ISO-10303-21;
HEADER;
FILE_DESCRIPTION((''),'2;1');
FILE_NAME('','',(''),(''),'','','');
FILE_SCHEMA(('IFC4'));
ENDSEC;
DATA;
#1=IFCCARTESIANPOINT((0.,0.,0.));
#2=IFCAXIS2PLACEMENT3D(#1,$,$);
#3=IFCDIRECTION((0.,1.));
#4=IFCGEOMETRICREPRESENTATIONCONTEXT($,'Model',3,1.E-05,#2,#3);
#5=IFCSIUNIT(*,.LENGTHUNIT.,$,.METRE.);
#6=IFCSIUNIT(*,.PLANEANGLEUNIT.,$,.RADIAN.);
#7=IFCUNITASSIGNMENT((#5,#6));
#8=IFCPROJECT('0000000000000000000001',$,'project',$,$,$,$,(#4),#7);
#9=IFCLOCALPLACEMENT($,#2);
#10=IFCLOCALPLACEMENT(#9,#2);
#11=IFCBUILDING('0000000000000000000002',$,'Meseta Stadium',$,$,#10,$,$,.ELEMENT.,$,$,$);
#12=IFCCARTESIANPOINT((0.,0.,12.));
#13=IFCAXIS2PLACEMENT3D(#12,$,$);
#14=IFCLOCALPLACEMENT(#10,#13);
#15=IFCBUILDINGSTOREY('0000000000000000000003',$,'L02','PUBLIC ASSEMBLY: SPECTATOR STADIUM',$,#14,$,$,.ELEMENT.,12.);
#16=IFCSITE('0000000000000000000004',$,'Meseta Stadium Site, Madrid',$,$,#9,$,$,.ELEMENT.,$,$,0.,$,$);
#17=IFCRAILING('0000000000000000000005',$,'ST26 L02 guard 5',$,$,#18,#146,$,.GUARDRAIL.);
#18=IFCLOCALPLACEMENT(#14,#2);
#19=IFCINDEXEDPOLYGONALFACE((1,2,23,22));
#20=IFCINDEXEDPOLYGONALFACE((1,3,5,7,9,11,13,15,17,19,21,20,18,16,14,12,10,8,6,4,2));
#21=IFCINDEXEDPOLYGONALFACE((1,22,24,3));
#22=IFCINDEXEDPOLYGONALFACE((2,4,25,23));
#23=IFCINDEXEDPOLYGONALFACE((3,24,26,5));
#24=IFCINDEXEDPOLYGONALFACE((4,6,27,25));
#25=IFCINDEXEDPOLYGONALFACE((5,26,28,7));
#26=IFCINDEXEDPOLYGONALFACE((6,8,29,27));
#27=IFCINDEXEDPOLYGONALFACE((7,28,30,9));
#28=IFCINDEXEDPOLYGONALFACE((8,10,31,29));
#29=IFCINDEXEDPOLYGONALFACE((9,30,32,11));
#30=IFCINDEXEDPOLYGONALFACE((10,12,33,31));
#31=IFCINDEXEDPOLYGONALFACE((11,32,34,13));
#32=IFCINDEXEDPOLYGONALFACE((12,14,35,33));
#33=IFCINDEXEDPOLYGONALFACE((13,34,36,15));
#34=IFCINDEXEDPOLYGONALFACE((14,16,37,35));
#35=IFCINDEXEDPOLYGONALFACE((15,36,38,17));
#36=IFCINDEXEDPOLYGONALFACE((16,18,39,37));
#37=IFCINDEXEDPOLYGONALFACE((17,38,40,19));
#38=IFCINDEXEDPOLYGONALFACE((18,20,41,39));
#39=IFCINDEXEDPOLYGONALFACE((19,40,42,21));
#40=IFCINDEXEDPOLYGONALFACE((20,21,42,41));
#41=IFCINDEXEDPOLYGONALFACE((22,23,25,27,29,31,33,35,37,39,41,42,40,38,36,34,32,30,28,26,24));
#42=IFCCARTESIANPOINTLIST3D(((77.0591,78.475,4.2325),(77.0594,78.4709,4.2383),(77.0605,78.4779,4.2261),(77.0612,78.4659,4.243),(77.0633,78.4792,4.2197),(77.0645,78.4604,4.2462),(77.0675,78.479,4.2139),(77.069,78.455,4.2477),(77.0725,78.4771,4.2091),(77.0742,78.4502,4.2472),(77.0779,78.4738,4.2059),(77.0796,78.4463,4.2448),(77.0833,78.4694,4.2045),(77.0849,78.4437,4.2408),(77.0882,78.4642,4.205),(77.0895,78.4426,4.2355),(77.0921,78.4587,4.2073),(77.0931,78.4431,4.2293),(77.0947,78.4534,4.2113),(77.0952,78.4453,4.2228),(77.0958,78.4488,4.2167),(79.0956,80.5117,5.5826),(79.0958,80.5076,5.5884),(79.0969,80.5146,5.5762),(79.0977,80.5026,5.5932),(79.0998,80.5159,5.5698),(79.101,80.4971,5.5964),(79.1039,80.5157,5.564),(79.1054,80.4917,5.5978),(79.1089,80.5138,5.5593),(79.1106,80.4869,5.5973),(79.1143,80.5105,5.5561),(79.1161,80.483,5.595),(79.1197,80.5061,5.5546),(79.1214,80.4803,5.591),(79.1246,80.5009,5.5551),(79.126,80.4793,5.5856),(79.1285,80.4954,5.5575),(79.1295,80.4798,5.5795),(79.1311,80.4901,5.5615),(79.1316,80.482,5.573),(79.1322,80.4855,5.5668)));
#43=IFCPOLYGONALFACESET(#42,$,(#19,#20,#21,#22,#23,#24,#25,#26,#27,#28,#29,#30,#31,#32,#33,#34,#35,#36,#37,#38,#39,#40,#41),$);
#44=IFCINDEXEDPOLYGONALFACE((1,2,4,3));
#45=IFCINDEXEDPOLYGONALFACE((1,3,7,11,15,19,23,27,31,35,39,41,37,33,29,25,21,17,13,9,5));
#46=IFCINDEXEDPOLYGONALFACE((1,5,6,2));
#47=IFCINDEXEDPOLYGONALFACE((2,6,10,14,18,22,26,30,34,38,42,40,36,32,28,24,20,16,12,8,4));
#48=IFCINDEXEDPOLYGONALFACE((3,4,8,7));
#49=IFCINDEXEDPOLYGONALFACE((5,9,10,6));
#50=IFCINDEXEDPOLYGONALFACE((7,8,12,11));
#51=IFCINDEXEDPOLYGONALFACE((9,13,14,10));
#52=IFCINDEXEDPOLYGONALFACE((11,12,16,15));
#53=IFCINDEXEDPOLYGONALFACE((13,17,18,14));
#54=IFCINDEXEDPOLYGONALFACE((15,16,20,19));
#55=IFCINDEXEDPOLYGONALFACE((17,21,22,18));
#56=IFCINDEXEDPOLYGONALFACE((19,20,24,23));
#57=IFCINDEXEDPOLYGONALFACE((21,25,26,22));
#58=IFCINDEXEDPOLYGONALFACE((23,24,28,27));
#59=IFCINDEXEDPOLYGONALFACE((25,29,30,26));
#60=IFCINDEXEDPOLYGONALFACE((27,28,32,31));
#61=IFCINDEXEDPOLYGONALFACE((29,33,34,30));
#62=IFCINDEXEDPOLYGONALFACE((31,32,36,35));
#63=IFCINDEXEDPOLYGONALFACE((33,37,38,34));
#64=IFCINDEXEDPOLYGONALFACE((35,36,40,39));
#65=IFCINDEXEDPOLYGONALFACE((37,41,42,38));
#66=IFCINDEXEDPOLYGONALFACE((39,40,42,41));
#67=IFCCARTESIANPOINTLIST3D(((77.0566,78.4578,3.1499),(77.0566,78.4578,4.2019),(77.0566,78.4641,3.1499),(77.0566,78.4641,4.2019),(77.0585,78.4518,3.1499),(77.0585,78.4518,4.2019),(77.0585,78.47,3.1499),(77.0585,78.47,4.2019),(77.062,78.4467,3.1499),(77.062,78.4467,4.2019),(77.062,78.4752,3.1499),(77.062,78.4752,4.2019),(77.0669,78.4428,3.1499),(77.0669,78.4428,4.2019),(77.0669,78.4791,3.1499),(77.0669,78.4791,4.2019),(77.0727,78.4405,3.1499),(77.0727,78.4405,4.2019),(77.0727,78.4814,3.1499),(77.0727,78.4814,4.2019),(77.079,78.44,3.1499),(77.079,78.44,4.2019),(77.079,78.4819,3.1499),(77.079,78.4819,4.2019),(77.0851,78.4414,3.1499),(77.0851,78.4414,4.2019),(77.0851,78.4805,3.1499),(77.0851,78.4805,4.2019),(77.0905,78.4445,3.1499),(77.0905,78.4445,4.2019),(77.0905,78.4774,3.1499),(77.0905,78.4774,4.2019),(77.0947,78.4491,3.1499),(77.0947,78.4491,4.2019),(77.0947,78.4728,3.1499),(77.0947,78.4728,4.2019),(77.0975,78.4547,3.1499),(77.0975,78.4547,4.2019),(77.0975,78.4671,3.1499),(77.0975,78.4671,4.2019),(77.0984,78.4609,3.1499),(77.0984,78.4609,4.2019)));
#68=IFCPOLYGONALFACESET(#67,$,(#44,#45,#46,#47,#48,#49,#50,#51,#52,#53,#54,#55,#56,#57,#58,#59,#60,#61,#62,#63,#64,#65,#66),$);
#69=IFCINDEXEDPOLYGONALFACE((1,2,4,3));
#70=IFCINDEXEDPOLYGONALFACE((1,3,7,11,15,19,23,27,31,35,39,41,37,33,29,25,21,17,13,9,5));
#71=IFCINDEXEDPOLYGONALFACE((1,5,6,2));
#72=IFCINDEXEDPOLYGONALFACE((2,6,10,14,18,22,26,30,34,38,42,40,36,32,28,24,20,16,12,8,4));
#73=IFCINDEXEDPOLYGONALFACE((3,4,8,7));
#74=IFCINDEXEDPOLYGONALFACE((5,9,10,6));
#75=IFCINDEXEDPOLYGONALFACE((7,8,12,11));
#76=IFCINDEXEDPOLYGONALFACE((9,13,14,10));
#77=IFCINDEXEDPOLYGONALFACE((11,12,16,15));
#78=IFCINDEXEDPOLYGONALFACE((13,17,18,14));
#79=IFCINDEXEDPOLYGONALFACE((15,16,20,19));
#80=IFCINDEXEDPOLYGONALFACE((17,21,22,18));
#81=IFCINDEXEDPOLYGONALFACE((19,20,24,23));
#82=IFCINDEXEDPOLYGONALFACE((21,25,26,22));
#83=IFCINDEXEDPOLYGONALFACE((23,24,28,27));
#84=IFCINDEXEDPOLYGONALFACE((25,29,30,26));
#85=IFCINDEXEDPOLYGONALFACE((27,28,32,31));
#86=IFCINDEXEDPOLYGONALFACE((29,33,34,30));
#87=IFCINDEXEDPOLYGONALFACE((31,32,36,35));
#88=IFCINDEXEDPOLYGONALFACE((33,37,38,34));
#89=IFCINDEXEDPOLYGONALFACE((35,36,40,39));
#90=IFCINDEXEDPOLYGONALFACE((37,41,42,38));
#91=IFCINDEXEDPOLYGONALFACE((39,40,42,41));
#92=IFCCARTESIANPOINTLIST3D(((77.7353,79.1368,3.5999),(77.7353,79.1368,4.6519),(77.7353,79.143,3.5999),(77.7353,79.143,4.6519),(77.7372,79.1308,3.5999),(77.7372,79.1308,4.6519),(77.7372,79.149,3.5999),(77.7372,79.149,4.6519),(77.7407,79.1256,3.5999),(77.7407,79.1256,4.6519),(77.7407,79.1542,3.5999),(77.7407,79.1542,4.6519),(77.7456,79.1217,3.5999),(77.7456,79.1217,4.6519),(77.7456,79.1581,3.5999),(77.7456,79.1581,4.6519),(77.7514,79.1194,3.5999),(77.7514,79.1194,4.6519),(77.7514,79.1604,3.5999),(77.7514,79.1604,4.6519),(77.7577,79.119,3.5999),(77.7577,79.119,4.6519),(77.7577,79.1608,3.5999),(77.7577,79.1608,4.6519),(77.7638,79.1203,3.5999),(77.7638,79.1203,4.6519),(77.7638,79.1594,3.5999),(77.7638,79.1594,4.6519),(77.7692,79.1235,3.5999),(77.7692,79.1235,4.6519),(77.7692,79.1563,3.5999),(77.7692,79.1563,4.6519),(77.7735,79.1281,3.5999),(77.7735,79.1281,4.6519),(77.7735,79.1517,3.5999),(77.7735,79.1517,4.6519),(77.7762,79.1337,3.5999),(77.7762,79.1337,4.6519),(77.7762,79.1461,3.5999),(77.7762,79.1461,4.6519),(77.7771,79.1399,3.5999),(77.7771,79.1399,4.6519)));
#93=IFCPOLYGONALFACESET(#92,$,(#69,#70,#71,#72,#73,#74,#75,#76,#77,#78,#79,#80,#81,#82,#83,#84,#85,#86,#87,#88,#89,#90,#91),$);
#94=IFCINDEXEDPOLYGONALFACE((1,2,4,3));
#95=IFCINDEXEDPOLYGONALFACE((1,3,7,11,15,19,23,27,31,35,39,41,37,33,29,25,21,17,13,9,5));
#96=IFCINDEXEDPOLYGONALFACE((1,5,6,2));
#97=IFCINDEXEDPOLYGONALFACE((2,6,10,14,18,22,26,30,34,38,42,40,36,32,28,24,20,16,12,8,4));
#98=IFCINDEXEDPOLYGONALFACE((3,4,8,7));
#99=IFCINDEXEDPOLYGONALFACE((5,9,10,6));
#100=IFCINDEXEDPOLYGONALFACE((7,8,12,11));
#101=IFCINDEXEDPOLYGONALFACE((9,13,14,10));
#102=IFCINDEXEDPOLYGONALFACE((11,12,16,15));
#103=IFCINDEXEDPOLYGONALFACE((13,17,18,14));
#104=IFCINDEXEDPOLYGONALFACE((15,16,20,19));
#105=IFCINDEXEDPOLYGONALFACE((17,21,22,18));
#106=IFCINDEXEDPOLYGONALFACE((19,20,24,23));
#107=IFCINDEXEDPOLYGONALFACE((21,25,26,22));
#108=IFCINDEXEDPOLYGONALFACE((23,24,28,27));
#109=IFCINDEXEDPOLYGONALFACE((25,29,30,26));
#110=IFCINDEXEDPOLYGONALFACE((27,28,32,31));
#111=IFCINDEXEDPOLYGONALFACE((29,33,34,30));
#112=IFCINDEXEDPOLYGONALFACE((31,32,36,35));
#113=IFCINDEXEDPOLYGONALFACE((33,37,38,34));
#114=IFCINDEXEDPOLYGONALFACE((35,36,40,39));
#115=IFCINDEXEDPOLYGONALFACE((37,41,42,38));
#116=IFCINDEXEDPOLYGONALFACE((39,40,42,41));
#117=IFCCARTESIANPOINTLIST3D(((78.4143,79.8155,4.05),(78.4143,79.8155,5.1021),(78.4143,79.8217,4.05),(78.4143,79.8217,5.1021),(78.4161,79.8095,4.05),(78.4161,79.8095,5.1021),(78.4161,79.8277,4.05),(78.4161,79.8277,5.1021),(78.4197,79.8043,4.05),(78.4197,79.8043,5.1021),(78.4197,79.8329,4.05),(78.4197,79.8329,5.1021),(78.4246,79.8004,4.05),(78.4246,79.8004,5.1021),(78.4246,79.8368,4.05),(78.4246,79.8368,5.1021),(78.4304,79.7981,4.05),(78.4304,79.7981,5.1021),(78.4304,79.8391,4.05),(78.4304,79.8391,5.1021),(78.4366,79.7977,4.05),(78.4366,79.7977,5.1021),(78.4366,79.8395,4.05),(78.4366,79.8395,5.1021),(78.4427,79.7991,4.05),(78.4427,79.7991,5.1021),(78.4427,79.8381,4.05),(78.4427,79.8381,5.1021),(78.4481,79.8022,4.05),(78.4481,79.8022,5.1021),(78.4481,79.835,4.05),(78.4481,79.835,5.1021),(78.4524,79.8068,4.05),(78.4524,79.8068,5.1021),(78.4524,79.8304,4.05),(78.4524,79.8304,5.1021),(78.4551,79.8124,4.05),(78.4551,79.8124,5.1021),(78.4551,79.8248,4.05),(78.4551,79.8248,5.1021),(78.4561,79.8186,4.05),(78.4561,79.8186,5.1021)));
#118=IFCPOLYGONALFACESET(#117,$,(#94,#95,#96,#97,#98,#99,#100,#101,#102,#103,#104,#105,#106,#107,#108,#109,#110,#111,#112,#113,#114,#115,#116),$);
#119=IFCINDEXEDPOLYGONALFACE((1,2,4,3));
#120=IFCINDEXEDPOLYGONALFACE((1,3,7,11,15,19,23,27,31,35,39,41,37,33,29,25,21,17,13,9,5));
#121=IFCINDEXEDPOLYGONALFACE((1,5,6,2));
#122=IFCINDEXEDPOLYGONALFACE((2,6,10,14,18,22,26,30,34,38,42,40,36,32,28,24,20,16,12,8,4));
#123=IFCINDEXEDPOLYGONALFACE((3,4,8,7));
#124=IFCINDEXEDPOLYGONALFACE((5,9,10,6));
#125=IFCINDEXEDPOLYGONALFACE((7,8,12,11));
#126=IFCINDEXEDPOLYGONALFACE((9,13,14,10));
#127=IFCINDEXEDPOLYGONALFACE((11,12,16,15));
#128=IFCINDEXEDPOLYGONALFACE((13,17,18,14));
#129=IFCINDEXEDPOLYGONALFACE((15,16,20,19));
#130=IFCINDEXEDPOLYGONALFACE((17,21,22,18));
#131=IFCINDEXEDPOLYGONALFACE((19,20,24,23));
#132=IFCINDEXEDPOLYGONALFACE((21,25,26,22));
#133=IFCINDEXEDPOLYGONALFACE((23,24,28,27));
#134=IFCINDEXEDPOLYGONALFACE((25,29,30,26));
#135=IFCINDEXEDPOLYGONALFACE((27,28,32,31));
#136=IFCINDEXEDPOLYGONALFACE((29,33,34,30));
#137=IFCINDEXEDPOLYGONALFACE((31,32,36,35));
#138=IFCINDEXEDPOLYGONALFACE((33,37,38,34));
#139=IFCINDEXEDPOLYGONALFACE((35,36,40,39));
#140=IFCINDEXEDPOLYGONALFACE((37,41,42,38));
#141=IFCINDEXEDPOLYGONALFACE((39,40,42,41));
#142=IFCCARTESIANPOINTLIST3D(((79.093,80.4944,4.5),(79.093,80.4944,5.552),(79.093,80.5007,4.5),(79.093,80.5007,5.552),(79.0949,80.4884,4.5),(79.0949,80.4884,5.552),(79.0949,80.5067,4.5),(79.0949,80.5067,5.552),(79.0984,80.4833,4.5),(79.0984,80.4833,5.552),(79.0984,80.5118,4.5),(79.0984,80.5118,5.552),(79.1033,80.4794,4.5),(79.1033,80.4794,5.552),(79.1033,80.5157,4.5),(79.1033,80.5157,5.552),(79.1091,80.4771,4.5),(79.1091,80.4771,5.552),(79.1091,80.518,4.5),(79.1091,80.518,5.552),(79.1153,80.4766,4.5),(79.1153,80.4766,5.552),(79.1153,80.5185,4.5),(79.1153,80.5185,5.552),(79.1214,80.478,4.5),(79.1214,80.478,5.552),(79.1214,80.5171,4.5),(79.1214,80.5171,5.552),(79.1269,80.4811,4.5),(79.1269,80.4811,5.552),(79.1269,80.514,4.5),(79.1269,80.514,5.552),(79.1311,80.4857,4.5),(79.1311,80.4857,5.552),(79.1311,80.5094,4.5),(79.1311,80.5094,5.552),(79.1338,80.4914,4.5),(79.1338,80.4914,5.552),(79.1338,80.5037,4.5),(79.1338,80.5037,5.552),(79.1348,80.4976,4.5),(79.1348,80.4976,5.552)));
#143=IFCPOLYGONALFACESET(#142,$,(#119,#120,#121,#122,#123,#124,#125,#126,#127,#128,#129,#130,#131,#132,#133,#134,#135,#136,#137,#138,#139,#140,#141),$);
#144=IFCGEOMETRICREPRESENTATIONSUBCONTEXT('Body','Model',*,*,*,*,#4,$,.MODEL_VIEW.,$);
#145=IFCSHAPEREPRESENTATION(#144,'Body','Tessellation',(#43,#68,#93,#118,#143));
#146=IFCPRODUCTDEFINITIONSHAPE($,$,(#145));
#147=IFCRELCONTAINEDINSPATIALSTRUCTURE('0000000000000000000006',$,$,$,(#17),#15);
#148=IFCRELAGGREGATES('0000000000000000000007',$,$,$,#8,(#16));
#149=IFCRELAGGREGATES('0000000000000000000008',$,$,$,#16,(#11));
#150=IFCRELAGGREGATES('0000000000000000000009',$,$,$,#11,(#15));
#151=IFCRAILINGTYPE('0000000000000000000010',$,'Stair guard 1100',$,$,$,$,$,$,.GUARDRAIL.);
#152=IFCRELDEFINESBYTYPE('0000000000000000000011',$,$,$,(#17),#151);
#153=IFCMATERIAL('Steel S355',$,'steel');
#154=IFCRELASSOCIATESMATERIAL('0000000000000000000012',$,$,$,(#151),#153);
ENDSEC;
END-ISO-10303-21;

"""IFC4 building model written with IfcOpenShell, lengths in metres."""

from ifc_helpers import new_model, si_unit, direction, frame, origin, origin_2d, place, context, subcontext, project, spatial, circle, extrude, material, type_object, element, save


model = new_model("IFC4")

# Units and contexts
model_context = context("Model", 3, precision=1e-05, world=origin(), true_north=direction((0.0, 1.0)))
body_context = subcontext(model_context, "Body", "Model", "MODEL_VIEW")
ifc_project = project(units=[si_unit("LENGTHUNIT", "METRE"), si_unit("PLANEANGLEUNIT", "RADIAN")], contexts=[model_context])

# Site, building, storey
site_placement = place(None, origin())
site = spatial("IfcSite", under=ifc_project, at=site_placement, Name="Meseta Stadium Site, Madrid", CompositionType="ELEMENT", RefElevation=0.0)
building_placement = place(site_placement, origin())
building = spatial("IfcBuilding", under=site, at=building_placement, Name="Meseta Stadium", CompositionType="ELEMENT")
storey_placement = place(building_placement, frame((0.0, 0.0, 12.0)))
storey = spatial("IfcBuildingStorey", under=building, at=storey_placement, Name="L02", Description="PUBLIC ASSEMBLY: SPECTATOR STADIUM", CompositionType="ELEMENT", Elevation=12.0)

# Railing
ifc_material_1 = material(Name="Steel S355", Category="steel")
railing_type_1 = type_object("IfcRailingType", Name="Stair guard 1100", PredefinedType="GUARDRAIL", material=ifc_material_1)
railing_1_placement = place(storey_placement, frame((77.0774, 78.4609, 3.1499)))
element("IfcRailing", 1, at=railing_1_placement, inside=storey, type_object=railing_type_1, Name="ST26 L02 guard 5", PredefinedType="GUARDRAIL", context=body_context, shape_type="SweptSolid", body=[
    extrude(circle(Radius=0.0239, at=origin_2d()), frame((0.0, 0.0, 1.0762), z_axis=(0.640211, 0.640288, 0.424454), x_axis=(-0.707149, 0.707064, 0.0)), (0.0, 0.0, 1.0), 3.1809),
    extrude(circle(Radius=0.021, at=origin_2d()), origin(), (0.0, 0.0, 1.0), 1.052),
    extrude(circle(Radius=0.021, at=origin_2d()), frame((0.6787, 0.679, 0.45)), (0.0, 0.0, 1.0), 1.052),
    extrude(circle(Radius=0.021, at=origin_2d()), frame((1.3577, 1.3577, 0.9001)), (0.0, 0.0, 1.0), 1.052),
    extrude(circle(Radius=0.021, at=origin_2d()), frame((2.0364, 2.0366, 1.3501)), (0.0, 0.0, 1.0), 1.052),
])

save(model, "model.ifc")
